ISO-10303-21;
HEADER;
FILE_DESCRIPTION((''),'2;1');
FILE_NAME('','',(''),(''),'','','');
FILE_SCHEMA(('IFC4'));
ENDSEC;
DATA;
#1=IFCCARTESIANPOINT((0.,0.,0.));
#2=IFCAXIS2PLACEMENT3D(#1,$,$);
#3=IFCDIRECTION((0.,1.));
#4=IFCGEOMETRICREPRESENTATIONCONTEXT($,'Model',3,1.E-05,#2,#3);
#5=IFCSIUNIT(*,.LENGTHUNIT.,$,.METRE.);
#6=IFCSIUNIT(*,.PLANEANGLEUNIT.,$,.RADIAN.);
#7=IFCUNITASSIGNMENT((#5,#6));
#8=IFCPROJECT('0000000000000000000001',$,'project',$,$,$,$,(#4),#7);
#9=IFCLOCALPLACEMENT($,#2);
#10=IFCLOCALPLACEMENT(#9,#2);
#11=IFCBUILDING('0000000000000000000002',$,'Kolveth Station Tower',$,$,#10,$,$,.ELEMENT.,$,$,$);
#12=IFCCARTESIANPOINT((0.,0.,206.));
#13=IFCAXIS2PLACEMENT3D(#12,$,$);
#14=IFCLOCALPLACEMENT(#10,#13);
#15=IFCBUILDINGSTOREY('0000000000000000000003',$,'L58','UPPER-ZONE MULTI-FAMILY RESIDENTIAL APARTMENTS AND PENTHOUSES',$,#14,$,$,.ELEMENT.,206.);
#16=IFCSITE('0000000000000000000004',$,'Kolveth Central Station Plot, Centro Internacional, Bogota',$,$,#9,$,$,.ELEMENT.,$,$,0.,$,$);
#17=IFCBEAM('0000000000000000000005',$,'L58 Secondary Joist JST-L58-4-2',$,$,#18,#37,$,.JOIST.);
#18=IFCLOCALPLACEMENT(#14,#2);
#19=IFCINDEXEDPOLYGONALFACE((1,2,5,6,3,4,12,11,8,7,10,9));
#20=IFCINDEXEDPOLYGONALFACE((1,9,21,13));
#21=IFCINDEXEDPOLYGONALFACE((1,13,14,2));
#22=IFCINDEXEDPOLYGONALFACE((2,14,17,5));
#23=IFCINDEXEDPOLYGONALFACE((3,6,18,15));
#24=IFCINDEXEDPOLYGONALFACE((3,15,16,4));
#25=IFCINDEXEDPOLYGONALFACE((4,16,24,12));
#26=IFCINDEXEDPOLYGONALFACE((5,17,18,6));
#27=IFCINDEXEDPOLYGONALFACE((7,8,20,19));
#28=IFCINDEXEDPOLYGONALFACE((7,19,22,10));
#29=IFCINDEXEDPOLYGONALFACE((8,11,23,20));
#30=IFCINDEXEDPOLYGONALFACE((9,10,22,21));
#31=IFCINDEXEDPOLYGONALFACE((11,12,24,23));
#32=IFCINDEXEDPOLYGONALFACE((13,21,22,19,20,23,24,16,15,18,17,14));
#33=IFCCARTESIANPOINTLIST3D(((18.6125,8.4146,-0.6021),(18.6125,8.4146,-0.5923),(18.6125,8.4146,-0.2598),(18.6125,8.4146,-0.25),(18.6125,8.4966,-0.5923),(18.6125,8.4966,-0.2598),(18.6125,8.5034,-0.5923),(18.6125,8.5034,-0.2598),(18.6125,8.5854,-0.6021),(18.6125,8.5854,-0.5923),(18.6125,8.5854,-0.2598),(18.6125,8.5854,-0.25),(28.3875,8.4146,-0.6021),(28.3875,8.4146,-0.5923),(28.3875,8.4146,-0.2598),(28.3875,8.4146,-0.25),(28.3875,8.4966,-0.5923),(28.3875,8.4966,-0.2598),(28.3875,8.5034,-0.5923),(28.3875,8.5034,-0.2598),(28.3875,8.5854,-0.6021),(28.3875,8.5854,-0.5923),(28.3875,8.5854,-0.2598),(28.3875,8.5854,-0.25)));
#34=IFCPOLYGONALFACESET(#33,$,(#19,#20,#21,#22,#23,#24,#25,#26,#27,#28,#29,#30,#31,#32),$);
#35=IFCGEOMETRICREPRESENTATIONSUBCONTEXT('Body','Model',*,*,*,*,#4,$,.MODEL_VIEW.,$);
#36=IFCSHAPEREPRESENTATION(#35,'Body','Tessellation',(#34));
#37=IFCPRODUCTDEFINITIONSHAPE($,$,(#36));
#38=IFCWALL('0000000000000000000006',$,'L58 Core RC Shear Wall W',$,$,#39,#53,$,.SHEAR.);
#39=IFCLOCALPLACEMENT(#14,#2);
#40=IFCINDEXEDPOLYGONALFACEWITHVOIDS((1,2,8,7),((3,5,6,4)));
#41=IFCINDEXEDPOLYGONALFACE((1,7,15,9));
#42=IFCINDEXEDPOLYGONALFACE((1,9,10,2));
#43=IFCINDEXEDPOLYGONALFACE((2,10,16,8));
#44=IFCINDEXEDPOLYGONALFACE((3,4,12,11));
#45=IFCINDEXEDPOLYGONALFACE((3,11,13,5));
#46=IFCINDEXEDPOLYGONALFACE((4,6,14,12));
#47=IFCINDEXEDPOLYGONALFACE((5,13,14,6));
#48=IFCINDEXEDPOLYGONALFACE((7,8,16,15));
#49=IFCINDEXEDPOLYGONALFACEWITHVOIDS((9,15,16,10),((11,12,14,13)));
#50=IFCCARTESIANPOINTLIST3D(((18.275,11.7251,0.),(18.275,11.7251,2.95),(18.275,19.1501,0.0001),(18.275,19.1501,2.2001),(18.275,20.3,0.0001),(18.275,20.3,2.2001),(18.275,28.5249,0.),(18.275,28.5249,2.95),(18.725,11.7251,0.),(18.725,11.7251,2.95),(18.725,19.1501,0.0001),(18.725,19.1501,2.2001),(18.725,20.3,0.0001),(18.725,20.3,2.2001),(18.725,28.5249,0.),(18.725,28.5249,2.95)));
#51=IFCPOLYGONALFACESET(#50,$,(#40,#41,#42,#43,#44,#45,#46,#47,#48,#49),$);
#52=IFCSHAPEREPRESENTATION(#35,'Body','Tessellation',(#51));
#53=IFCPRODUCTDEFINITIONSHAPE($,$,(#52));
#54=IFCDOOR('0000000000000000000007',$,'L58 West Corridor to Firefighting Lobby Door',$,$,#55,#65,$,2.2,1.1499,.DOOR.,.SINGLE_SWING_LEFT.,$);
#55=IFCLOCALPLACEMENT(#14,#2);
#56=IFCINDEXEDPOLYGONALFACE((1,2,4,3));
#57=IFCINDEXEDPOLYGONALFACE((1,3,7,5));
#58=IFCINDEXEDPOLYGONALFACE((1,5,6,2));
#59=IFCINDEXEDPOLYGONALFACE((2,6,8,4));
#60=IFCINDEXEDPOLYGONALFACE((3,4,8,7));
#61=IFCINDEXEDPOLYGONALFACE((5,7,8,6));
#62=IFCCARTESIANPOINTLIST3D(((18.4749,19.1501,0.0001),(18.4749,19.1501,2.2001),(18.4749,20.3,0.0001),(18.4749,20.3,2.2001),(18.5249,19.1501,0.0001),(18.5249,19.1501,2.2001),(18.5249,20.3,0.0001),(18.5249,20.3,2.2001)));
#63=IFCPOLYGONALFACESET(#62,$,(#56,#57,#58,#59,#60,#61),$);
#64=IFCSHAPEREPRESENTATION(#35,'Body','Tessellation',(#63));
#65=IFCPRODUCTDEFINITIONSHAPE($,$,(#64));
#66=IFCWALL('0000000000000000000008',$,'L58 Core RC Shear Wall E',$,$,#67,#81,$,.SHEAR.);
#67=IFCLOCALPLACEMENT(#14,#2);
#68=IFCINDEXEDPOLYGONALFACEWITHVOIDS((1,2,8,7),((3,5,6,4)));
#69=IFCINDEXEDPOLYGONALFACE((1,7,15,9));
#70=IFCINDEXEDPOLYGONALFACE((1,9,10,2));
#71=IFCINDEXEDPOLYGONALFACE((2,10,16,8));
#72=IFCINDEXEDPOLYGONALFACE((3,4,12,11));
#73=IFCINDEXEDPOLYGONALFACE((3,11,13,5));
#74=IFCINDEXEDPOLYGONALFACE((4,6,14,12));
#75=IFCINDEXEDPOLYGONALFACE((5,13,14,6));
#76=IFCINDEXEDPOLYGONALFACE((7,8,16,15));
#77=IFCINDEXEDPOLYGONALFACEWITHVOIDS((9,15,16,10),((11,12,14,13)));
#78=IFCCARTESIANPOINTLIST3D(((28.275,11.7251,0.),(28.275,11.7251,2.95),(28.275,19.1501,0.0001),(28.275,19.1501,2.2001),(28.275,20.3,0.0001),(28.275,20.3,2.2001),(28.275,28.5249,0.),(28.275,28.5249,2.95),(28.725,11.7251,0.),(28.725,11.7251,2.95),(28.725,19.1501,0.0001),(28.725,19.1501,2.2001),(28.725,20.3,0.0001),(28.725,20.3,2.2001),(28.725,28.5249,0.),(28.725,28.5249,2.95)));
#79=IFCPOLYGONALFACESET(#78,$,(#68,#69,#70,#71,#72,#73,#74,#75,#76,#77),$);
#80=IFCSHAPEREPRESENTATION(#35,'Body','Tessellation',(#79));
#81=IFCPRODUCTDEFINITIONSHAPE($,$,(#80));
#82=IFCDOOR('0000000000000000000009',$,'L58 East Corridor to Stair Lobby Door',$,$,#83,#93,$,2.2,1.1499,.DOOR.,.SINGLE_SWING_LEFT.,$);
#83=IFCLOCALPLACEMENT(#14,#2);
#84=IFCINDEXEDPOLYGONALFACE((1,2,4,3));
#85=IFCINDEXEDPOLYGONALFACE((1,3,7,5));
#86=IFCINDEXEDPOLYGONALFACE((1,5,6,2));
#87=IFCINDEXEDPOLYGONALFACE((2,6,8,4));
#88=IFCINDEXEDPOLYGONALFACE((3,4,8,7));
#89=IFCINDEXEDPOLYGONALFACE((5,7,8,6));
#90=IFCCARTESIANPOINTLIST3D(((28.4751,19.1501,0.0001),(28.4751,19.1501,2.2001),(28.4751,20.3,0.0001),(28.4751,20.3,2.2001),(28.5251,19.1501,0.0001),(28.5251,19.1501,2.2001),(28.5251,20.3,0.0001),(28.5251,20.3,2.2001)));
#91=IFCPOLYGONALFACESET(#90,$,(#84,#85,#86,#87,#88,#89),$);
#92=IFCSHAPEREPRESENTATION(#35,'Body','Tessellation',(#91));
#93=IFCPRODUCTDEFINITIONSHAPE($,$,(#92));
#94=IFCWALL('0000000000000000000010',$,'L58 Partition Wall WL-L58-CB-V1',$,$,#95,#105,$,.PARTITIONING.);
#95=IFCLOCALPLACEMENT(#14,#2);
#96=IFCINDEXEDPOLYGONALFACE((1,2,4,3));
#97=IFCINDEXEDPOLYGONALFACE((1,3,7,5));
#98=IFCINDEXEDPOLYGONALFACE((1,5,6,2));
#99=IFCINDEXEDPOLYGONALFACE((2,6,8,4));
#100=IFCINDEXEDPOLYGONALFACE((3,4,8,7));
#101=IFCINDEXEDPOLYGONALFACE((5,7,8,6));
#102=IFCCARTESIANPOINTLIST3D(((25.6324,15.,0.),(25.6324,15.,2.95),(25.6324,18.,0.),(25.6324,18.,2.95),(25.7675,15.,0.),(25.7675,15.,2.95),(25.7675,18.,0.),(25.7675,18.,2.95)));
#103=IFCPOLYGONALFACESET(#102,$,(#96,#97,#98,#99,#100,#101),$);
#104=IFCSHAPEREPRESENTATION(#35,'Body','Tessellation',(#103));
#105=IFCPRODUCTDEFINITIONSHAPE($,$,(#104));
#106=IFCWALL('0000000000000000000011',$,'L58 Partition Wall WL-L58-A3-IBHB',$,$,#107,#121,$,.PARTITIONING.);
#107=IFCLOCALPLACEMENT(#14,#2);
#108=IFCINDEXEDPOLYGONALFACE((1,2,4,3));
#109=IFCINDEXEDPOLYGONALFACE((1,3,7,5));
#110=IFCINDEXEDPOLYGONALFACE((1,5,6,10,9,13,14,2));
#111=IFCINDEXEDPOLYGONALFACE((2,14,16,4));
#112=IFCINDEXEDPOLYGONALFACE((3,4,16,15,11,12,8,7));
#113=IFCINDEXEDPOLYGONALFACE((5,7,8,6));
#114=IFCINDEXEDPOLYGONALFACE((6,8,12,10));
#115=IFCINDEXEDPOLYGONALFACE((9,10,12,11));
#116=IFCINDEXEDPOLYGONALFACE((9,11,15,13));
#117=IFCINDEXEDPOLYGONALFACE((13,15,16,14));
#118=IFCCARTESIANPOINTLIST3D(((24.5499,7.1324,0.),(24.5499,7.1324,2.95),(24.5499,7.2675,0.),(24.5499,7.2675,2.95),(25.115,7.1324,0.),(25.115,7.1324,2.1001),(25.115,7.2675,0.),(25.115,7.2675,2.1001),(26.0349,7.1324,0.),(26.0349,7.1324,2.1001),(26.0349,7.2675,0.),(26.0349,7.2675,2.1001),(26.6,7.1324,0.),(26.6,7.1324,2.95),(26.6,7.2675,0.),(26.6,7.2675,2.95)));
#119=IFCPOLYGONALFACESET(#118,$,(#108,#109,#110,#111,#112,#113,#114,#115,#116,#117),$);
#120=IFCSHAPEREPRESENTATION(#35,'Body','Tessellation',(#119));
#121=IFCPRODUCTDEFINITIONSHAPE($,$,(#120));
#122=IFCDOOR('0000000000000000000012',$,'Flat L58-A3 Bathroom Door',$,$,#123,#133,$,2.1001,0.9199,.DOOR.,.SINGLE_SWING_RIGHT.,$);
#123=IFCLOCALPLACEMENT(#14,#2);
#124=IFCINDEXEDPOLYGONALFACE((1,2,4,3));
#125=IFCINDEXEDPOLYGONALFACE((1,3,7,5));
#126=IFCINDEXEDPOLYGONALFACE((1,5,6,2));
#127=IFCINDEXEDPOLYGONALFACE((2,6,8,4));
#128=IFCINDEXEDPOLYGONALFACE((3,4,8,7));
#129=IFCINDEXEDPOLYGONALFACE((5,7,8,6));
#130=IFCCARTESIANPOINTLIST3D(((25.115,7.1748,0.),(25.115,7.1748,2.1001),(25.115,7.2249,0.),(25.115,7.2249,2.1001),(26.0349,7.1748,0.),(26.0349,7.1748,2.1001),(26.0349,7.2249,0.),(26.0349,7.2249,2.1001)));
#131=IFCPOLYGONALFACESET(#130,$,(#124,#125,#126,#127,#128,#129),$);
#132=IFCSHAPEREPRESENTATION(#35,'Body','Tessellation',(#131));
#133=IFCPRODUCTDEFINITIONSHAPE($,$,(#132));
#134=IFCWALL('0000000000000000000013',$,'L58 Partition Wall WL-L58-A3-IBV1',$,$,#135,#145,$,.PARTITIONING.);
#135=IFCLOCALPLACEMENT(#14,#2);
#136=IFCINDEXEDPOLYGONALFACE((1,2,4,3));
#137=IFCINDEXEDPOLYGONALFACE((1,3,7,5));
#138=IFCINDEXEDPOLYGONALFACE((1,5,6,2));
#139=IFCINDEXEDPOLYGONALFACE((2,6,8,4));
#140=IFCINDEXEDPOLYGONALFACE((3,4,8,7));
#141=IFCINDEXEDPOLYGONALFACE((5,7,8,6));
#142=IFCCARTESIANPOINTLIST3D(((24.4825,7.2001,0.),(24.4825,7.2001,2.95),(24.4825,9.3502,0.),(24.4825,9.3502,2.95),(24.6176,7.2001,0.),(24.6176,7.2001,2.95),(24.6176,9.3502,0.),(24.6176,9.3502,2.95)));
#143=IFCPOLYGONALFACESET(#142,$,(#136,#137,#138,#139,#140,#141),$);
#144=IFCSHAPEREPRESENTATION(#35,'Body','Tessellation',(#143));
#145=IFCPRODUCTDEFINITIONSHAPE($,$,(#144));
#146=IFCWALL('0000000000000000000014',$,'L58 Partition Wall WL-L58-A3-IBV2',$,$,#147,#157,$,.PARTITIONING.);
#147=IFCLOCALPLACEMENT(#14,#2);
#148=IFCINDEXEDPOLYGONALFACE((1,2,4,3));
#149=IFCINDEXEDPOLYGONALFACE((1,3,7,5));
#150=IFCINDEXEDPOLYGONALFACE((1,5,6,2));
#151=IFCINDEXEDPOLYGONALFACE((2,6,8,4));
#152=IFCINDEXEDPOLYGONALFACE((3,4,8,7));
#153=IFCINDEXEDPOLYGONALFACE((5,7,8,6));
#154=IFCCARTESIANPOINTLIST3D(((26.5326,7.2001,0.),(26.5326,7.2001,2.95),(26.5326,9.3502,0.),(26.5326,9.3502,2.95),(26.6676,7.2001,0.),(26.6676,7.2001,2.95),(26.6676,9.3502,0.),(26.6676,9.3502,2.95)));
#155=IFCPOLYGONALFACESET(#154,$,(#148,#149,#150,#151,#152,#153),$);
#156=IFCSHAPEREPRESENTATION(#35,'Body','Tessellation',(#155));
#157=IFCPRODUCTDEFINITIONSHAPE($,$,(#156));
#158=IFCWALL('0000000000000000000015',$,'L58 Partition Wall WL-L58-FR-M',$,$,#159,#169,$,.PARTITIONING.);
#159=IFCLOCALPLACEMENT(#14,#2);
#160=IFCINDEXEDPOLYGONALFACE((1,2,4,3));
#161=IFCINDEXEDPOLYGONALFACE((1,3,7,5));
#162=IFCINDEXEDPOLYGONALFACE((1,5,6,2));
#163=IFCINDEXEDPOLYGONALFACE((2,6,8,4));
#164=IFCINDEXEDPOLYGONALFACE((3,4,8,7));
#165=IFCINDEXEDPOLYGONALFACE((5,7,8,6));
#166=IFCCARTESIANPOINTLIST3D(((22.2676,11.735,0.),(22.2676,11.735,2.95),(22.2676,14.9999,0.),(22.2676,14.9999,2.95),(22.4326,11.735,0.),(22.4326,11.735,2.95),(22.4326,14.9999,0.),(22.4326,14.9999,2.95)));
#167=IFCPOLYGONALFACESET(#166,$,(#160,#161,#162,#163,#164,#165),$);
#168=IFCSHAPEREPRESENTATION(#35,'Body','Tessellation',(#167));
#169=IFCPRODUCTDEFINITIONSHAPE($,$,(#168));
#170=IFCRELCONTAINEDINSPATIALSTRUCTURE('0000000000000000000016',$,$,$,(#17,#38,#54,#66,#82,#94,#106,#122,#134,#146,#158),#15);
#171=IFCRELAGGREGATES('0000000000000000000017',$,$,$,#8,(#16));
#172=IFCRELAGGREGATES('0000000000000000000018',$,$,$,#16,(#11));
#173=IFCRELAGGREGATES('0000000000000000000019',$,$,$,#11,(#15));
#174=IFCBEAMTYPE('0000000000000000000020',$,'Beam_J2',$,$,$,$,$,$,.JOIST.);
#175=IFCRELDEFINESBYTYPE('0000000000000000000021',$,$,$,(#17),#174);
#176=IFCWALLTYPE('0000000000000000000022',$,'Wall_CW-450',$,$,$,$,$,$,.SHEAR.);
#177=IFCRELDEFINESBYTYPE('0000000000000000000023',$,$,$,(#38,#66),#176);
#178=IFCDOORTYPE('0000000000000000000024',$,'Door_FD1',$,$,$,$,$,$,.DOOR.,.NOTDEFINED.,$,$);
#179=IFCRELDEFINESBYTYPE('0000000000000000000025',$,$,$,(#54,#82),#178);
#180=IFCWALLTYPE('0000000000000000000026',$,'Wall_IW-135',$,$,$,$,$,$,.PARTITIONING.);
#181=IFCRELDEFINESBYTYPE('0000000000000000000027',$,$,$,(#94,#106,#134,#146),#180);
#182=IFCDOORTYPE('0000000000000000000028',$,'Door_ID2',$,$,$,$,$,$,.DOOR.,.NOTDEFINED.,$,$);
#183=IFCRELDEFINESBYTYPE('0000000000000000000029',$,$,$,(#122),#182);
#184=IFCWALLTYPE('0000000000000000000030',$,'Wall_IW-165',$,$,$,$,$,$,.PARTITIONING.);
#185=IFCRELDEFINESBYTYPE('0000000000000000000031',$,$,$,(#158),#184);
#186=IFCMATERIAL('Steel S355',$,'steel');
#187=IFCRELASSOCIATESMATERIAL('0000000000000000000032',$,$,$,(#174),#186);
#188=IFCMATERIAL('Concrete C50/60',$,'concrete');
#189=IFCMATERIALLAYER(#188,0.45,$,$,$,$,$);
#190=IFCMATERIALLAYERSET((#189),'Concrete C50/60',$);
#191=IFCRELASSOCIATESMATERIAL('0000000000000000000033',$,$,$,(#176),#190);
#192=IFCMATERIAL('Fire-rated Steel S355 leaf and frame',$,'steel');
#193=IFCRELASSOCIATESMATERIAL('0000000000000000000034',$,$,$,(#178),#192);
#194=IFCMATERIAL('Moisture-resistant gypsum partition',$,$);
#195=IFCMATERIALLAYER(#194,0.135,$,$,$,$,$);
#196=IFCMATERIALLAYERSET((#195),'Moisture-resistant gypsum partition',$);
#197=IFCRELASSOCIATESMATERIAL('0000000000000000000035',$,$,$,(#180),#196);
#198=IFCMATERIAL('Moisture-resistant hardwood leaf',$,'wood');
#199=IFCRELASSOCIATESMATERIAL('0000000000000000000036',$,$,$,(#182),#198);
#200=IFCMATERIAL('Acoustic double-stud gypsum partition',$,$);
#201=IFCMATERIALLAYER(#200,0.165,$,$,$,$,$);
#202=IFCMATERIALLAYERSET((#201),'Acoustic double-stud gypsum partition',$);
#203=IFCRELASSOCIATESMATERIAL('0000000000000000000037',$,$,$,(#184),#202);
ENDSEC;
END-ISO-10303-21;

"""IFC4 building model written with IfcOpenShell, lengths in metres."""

from ifc_helpers import new_model, si_unit, direction, frame, frame_2d, origin, origin_2d, place, context, subcontext, project, spatial, rectangle, i_section, extrude, source, transform, mapped, material, layer, layer_set, material_profile, profile_set, type_object, element, fill, save


model = new_model("IFC4")

# Units and contexts
model_context = context("Model", 3, precision=1e-05, world=origin(), true_north=direction((0.0, 1.0)))
body_context = subcontext(model_context, "Body", "Model", "MODEL_VIEW")
ifc_project = project(units=[si_unit("LENGTHUNIT", "METRE"), si_unit("PLANEANGLEUNIT", "RADIAN")], contexts=[model_context])

# Site, building, storey
site_placement = place(None, origin())
site = spatial("IfcSite", under=ifc_project, at=site_placement, Name="Kolveth Central Station Plot, Centro Internacional, Bogota", CompositionType="ELEMENT", RefElevation=0.0)
building_placement = place(site_placement, origin())
building = spatial("IfcBuilding", under=site, at=building_placement, Name="Kolveth Station Tower", CompositionType="ELEMENT")
storey_placement = place(building_placement, frame((0.0, 0.0, 206.0)))
storey = spatial("IfcBuildingStorey", under=building, at=storey_placement, Name="L58", Description="UPPER-ZONE MULTI-FAMILY RESIDENTIAL APARTMENTS AND PENTHOUSES", CompositionType="ELEMENT", Elevation=206.0)

# Shared definitions
ifc_material_1 = material(Name="Steel S355", Category="steel")

# Beam
ifc_material_profile_1 = material_profile(ifc_material_1, i_section(OverallWidth=0.1709, OverallDepth=0.3521, WebThickness=0.0068, FlangeThickness=0.0098, at=origin_2d()), Name="W360x44")
ifc_profile_set_1 = profile_set([ifc_material_profile_1], Name="Steel S355")
beam_type_1 = type_object("IfcBeamType", Name="Beam_J2", PredefinedType="JOIST", material=ifc_profile_set_1)
shared_shape_1 = source(origin(), body_context, "Body", "SweptSolid", [
    extrude(i_section(OverallWidth=0.1709, OverallDepth=0.3521, WebThickness=0.0068, FlangeThickness=0.0098, at=origin_2d()), origin(), (0.0, 0.0, 1.0), 9.7749),
])
beam_1_placement = place(storey_placement, frame((18.6125, 8.5, -0.426), z_axis=(1.0, 0.0, 0.0), x_axis=(0.0, 1.0, 0.0)))
element("IfcBeam", 1, at=beam_1_placement, inside=storey, type_object=beam_type_1, Name="L58 Secondary Joist JST-L58-4-2", PredefinedType="JOIST", context=body_context, shape_type="MappedRepresentation", body=[
    mapped(shared_shape_1, transform((0.0, 0.0, 0.0), x_axis=(1.0, 0.0, 0.0), y_axis=(0.0, 1.0, 0.0), z_axis=(0.0, 0.0, 1.0), scale=1.0)),
])

# Walls, openings, doors
ifc_material_2 = material(Name="Concrete C50/60", Category="concrete")
ifc_layer_1 = layer(ifc_material_2, 0.45)
ifc_layer_set_1 = layer_set([ifc_layer_1], Name="Concrete C50/60")
wall_type_1 = type_object("IfcWallType", Name="Wall_CW-450", PredefinedType="SHEAR", material=ifc_layer_set_1)
wall_1_placement = place(storey_placement, frame((18.5, 11.7251, 0.0), z_axis=(0.0, 0.0, 1.0), x_axis=(0.0, 1.0, 0.0)))
wall_1 = element("IfcWall", 2, at=wall_1_placement, inside=storey, type_object=wall_type_1, Name="L58 Core RC Shear Wall W", PredefinedType="SHEAR", context=body_context, shape_type="SweptSolid", body=[
    extrude(rectangle(XDim=16.7998, YDim=0.45, at=frame_2d((8.3999, 0.0))), origin(), (0.0, 0.0, 1.0), 2.95),
])
opening_1_placement = place(wall_1_placement, frame((7.425, 0.0, 0.0)))
opening_1 = element("IfcOpeningElement", 3, at=opening_1_placement, cuts=wall_1, PredefinedType="OPENING", context=body_context, shape_type="SweptSolid", body=[
    extrude(rectangle(XDim=1.1499, YDim=2.2, at=frame_2d((0.575, 1.1001))), frame((0.0, 0.2349, 0.0), z_axis=(0.0, -1.0, 0.0), x_axis=(1.0, 0.0, 0.0)), (0.0, 0.0, 1.0), 0.47),
])
ifc_material_3 = material(Name="Fire-rated Steel S355 leaf and frame", Category="steel")
door_type_1 = type_object("IfcDoorType", Name="Door_FD1", OperationType="NOTDEFINED", PredefinedType="DOOR", material=ifc_material_3)
door_1_placement = place(opening_1_placement, frame((1.1499, 0.0, 0.0), z_axis=(0.0, 0.0, 1.0), x_axis=(-1.0, 0.0, 0.0)))
door_1 = element("IfcDoor", 4, at=door_1_placement, inside=storey, type_object=door_type_1, Name="L58 West Corridor to Firefighting Lobby Door", OperationType="SINGLE_SWING_LEFT", OverallHeight=2.2, OverallWidth=1.1499, PredefinedType="DOOR", context=body_context, shape_type="SweptSolid", body=[
    extrude(rectangle(XDim=1.1499, YDim=2.2, at=frame_2d((0.575, 1.1001))), frame((0.0, 0.0249, 0.0), z_axis=(0.0, -1.0, 0.0), x_axis=(1.0, 0.0, 0.0)), (0.0, 0.0, 1.0), 0.05),
])
fill(opening_1, door_1)
wall_2_placement = place(storey_placement, frame((28.5, 11.7251, 0.0), z_axis=(0.0, 0.0, 1.0), x_axis=(0.0, 1.0, 0.0)))
wall_2 = element("IfcWall", 5, at=wall_2_placement, inside=storey, type_object=wall_type_1, Name="L58 Core RC Shear Wall E", PredefinedType="SHEAR", context=body_context, shape_type="SweptSolid", body=[
    extrude(rectangle(XDim=16.7998, YDim=0.45, at=frame_2d((8.3999, 0.0))), origin(), (0.0, 0.0, 1.0), 2.95),
])
opening_2_placement = place(wall_2_placement, frame((7.425, 0.0, 0.0)))
opening_2 = element("IfcOpeningElement", 6, at=opening_2_placement, cuts=wall_2, PredefinedType="OPENING", context=body_context, shape_type="SweptSolid", body=[
    extrude(rectangle(XDim=1.1499, YDim=2.2, at=frame_2d((0.575, 1.1001))), frame((0.0, 0.2349, 0.0), z_axis=(0.0, -1.0, 0.0), x_axis=(1.0, 0.0, 0.0)), (0.0, 0.0, 1.0), 0.47),
])
door_2_placement = place(opening_2_placement, origin())
door_2 = element("IfcDoor", 7, at=door_2_placement, inside=storey, type_object=door_type_1, Name="L58 East Corridor to Stair Lobby Door", OperationType="SINGLE_SWING_LEFT", OverallHeight=2.2, OverallWidth=1.1499, PredefinedType="DOOR", context=body_context, shape_type="SweptSolid", body=[
    extrude(rectangle(XDim=1.1499, YDim=2.2, at=frame_2d((0.575, 1.1001))), frame((0.0, 0.0249, 0.0), z_axis=(0.0, -1.0, 0.0), x_axis=(1.0, 0.0, 0.0)), (0.0, 0.0, 1.0), 0.05),
])
fill(opening_2, door_2)

# Wall
ifc_material_4 = material(Name="Moisture-resistant gypsum partition")
ifc_layer_2 = layer(ifc_material_4, 0.135)
ifc_layer_set_2 = layer_set([ifc_layer_2], Name="Moisture-resistant gypsum partition")
wall_type_2 = type_object("IfcWallType", Name="Wall_IW-135", PredefinedType="PARTITIONING", material=ifc_layer_set_2)
wall_3_placement = place(storey_placement, frame((25.7, 15.0, 0.0), z_axis=(0.0, 0.0, 1.0), x_axis=(0.0, 1.0, 0.0)))
element("IfcWall", 8, at=wall_3_placement, inside=storey, type_object=wall_type_2, Name="L58 Partition Wall WL-L58-CB-V1", PredefinedType="PARTITIONING", context=body_context, shape_type="SweptSolid", body=[
    extrude(rectangle(XDim=3.0, YDim=0.135, at=frame_2d((1.5, 0.0))), origin(), (0.0, 0.0, 1.0), 2.95),
])

# Wall, opening, door
wall_4_placement = place(storey_placement, frame((24.55, 7.2, 0.0), z_axis=(0.0, 0.0, 1.0), x_axis=(1.0, 0.0, 0.0)))
wall_4 = element("IfcWall", 9, at=wall_4_placement, inside=storey, type_object=wall_type_2, Name="L58 Partition Wall WL-L58-A3-IBHB", PredefinedType="PARTITIONING", context=body_context, shape_type="SweptSolid", body=[
    extrude(rectangle(XDim=2.05, YDim=0.135, at=frame_2d((1.0249, 0.0))), origin(), (0.0, 0.0, 1.0), 2.95),
])
opening_3_placement = place(wall_4_placement, frame((0.5649, 0.0, 0.0)))
opening_3 = element("IfcOpeningElement", 10, at=opening_3_placement, cuts=wall_4, PredefinedType="OPENING", context=body_context, shape_type="SweptSolid", body=[
    extrude(rectangle(XDim=0.9199, YDim=2.1001, at=frame_2d((0.46, 1.05))), frame((0.0, 0.0774, 0.0), z_axis=(0.0, -1.0, 0.0), x_axis=(1.0, 0.0, 0.0)), (0.0, 0.0, 1.0), 0.155),
])
ifc_material_5 = material(Name="Moisture-resistant hardwood leaf", Category="wood")
door_type_2 = type_object("IfcDoorType", Name="Door_ID2", OperationType="NOTDEFINED", PredefinedType="DOOR", material=ifc_material_5)
door_3_placement = place(opening_3_placement, origin())
door_3 = element("IfcDoor", 11, at=door_3_placement, inside=storey, type_object=door_type_2, Name="Flat L58-A3 Bathroom Door", OperationType="SINGLE_SWING_RIGHT", OverallHeight=2.1001, OverallWidth=0.9199, PredefinedType="DOOR", context=body_context, shape_type="SweptSolid", body=[
    extrude(rectangle(XDim=0.9199, YDim=2.1001, at=frame_2d((0.46, 1.05))), frame((0.0, 0.0249, 0.0), z_axis=(0.0, -1.0, 0.0), x_axis=(1.0, 0.0, 0.0)), (0.0, 0.0, 1.0), 0.05),
])
fill(opening_3, door_3)

# Walls
for number, where, z_axis, x_axis, name in (
    (12, (24.55, 7.2, 0.0), (0.0, 0.0, 1.0), (0.0, 1.0, 0.0), "L58 Partition Wall WL-L58-A3-IBV1"),
    (13, (26.6001, 7.2, 0.0), (0.0, 0.0, 1.0), (0.0, 1.0, 0.0), "L58 Partition Wall WL-L58-A3-IBV2"),
):
    element("IfcWall", number, at=place(storey_placement, frame(where, z_axis=z_axis, x_axis=x_axis)), inside=storey, type_object=wall_type_2, Name=name, PredefinedType="PARTITIONING", context=body_context, shape_type="SweptSolid", body=[
        extrude(rectangle(XDim=2.1501, YDim=0.135, at=frame_2d((1.0752, 0.0))), origin(), (0.0, 0.0, 1.0), 2.95),
    ])
ifc_material_6 = material(Name="Acoustic double-stud gypsum partition")
ifc_layer_3 = layer(ifc_material_6, 0.165)
ifc_layer_set_3 = layer_set([ifc_layer_3], Name="Acoustic double-stud gypsum partition")
wall_type_3 = type_object("IfcWallType", Name="Wall_IW-165", PredefinedType="PARTITIONING", material=ifc_layer_set_3)
wall_5_placement = place(storey_placement, frame((22.3501, 11.7351, 0.0), z_axis=(0.0, 0.0, 1.0), x_axis=(0.0, 1.0, 0.0)))
element("IfcWall", 14, at=wall_5_placement, inside=storey, type_object=wall_type_3, Name="L58 Partition Wall WL-L58-FR-M", PredefinedType="PARTITIONING", context=body_context, shape_type="SweptSolid", body=[
    extrude(rectangle(XDim=3.2649, YDim=0.165, at=frame_2d((1.6323, 0.0))), origin(), (0.0, 0.0, 1.0), 2.95),
])

save(model, "model.ifc")
